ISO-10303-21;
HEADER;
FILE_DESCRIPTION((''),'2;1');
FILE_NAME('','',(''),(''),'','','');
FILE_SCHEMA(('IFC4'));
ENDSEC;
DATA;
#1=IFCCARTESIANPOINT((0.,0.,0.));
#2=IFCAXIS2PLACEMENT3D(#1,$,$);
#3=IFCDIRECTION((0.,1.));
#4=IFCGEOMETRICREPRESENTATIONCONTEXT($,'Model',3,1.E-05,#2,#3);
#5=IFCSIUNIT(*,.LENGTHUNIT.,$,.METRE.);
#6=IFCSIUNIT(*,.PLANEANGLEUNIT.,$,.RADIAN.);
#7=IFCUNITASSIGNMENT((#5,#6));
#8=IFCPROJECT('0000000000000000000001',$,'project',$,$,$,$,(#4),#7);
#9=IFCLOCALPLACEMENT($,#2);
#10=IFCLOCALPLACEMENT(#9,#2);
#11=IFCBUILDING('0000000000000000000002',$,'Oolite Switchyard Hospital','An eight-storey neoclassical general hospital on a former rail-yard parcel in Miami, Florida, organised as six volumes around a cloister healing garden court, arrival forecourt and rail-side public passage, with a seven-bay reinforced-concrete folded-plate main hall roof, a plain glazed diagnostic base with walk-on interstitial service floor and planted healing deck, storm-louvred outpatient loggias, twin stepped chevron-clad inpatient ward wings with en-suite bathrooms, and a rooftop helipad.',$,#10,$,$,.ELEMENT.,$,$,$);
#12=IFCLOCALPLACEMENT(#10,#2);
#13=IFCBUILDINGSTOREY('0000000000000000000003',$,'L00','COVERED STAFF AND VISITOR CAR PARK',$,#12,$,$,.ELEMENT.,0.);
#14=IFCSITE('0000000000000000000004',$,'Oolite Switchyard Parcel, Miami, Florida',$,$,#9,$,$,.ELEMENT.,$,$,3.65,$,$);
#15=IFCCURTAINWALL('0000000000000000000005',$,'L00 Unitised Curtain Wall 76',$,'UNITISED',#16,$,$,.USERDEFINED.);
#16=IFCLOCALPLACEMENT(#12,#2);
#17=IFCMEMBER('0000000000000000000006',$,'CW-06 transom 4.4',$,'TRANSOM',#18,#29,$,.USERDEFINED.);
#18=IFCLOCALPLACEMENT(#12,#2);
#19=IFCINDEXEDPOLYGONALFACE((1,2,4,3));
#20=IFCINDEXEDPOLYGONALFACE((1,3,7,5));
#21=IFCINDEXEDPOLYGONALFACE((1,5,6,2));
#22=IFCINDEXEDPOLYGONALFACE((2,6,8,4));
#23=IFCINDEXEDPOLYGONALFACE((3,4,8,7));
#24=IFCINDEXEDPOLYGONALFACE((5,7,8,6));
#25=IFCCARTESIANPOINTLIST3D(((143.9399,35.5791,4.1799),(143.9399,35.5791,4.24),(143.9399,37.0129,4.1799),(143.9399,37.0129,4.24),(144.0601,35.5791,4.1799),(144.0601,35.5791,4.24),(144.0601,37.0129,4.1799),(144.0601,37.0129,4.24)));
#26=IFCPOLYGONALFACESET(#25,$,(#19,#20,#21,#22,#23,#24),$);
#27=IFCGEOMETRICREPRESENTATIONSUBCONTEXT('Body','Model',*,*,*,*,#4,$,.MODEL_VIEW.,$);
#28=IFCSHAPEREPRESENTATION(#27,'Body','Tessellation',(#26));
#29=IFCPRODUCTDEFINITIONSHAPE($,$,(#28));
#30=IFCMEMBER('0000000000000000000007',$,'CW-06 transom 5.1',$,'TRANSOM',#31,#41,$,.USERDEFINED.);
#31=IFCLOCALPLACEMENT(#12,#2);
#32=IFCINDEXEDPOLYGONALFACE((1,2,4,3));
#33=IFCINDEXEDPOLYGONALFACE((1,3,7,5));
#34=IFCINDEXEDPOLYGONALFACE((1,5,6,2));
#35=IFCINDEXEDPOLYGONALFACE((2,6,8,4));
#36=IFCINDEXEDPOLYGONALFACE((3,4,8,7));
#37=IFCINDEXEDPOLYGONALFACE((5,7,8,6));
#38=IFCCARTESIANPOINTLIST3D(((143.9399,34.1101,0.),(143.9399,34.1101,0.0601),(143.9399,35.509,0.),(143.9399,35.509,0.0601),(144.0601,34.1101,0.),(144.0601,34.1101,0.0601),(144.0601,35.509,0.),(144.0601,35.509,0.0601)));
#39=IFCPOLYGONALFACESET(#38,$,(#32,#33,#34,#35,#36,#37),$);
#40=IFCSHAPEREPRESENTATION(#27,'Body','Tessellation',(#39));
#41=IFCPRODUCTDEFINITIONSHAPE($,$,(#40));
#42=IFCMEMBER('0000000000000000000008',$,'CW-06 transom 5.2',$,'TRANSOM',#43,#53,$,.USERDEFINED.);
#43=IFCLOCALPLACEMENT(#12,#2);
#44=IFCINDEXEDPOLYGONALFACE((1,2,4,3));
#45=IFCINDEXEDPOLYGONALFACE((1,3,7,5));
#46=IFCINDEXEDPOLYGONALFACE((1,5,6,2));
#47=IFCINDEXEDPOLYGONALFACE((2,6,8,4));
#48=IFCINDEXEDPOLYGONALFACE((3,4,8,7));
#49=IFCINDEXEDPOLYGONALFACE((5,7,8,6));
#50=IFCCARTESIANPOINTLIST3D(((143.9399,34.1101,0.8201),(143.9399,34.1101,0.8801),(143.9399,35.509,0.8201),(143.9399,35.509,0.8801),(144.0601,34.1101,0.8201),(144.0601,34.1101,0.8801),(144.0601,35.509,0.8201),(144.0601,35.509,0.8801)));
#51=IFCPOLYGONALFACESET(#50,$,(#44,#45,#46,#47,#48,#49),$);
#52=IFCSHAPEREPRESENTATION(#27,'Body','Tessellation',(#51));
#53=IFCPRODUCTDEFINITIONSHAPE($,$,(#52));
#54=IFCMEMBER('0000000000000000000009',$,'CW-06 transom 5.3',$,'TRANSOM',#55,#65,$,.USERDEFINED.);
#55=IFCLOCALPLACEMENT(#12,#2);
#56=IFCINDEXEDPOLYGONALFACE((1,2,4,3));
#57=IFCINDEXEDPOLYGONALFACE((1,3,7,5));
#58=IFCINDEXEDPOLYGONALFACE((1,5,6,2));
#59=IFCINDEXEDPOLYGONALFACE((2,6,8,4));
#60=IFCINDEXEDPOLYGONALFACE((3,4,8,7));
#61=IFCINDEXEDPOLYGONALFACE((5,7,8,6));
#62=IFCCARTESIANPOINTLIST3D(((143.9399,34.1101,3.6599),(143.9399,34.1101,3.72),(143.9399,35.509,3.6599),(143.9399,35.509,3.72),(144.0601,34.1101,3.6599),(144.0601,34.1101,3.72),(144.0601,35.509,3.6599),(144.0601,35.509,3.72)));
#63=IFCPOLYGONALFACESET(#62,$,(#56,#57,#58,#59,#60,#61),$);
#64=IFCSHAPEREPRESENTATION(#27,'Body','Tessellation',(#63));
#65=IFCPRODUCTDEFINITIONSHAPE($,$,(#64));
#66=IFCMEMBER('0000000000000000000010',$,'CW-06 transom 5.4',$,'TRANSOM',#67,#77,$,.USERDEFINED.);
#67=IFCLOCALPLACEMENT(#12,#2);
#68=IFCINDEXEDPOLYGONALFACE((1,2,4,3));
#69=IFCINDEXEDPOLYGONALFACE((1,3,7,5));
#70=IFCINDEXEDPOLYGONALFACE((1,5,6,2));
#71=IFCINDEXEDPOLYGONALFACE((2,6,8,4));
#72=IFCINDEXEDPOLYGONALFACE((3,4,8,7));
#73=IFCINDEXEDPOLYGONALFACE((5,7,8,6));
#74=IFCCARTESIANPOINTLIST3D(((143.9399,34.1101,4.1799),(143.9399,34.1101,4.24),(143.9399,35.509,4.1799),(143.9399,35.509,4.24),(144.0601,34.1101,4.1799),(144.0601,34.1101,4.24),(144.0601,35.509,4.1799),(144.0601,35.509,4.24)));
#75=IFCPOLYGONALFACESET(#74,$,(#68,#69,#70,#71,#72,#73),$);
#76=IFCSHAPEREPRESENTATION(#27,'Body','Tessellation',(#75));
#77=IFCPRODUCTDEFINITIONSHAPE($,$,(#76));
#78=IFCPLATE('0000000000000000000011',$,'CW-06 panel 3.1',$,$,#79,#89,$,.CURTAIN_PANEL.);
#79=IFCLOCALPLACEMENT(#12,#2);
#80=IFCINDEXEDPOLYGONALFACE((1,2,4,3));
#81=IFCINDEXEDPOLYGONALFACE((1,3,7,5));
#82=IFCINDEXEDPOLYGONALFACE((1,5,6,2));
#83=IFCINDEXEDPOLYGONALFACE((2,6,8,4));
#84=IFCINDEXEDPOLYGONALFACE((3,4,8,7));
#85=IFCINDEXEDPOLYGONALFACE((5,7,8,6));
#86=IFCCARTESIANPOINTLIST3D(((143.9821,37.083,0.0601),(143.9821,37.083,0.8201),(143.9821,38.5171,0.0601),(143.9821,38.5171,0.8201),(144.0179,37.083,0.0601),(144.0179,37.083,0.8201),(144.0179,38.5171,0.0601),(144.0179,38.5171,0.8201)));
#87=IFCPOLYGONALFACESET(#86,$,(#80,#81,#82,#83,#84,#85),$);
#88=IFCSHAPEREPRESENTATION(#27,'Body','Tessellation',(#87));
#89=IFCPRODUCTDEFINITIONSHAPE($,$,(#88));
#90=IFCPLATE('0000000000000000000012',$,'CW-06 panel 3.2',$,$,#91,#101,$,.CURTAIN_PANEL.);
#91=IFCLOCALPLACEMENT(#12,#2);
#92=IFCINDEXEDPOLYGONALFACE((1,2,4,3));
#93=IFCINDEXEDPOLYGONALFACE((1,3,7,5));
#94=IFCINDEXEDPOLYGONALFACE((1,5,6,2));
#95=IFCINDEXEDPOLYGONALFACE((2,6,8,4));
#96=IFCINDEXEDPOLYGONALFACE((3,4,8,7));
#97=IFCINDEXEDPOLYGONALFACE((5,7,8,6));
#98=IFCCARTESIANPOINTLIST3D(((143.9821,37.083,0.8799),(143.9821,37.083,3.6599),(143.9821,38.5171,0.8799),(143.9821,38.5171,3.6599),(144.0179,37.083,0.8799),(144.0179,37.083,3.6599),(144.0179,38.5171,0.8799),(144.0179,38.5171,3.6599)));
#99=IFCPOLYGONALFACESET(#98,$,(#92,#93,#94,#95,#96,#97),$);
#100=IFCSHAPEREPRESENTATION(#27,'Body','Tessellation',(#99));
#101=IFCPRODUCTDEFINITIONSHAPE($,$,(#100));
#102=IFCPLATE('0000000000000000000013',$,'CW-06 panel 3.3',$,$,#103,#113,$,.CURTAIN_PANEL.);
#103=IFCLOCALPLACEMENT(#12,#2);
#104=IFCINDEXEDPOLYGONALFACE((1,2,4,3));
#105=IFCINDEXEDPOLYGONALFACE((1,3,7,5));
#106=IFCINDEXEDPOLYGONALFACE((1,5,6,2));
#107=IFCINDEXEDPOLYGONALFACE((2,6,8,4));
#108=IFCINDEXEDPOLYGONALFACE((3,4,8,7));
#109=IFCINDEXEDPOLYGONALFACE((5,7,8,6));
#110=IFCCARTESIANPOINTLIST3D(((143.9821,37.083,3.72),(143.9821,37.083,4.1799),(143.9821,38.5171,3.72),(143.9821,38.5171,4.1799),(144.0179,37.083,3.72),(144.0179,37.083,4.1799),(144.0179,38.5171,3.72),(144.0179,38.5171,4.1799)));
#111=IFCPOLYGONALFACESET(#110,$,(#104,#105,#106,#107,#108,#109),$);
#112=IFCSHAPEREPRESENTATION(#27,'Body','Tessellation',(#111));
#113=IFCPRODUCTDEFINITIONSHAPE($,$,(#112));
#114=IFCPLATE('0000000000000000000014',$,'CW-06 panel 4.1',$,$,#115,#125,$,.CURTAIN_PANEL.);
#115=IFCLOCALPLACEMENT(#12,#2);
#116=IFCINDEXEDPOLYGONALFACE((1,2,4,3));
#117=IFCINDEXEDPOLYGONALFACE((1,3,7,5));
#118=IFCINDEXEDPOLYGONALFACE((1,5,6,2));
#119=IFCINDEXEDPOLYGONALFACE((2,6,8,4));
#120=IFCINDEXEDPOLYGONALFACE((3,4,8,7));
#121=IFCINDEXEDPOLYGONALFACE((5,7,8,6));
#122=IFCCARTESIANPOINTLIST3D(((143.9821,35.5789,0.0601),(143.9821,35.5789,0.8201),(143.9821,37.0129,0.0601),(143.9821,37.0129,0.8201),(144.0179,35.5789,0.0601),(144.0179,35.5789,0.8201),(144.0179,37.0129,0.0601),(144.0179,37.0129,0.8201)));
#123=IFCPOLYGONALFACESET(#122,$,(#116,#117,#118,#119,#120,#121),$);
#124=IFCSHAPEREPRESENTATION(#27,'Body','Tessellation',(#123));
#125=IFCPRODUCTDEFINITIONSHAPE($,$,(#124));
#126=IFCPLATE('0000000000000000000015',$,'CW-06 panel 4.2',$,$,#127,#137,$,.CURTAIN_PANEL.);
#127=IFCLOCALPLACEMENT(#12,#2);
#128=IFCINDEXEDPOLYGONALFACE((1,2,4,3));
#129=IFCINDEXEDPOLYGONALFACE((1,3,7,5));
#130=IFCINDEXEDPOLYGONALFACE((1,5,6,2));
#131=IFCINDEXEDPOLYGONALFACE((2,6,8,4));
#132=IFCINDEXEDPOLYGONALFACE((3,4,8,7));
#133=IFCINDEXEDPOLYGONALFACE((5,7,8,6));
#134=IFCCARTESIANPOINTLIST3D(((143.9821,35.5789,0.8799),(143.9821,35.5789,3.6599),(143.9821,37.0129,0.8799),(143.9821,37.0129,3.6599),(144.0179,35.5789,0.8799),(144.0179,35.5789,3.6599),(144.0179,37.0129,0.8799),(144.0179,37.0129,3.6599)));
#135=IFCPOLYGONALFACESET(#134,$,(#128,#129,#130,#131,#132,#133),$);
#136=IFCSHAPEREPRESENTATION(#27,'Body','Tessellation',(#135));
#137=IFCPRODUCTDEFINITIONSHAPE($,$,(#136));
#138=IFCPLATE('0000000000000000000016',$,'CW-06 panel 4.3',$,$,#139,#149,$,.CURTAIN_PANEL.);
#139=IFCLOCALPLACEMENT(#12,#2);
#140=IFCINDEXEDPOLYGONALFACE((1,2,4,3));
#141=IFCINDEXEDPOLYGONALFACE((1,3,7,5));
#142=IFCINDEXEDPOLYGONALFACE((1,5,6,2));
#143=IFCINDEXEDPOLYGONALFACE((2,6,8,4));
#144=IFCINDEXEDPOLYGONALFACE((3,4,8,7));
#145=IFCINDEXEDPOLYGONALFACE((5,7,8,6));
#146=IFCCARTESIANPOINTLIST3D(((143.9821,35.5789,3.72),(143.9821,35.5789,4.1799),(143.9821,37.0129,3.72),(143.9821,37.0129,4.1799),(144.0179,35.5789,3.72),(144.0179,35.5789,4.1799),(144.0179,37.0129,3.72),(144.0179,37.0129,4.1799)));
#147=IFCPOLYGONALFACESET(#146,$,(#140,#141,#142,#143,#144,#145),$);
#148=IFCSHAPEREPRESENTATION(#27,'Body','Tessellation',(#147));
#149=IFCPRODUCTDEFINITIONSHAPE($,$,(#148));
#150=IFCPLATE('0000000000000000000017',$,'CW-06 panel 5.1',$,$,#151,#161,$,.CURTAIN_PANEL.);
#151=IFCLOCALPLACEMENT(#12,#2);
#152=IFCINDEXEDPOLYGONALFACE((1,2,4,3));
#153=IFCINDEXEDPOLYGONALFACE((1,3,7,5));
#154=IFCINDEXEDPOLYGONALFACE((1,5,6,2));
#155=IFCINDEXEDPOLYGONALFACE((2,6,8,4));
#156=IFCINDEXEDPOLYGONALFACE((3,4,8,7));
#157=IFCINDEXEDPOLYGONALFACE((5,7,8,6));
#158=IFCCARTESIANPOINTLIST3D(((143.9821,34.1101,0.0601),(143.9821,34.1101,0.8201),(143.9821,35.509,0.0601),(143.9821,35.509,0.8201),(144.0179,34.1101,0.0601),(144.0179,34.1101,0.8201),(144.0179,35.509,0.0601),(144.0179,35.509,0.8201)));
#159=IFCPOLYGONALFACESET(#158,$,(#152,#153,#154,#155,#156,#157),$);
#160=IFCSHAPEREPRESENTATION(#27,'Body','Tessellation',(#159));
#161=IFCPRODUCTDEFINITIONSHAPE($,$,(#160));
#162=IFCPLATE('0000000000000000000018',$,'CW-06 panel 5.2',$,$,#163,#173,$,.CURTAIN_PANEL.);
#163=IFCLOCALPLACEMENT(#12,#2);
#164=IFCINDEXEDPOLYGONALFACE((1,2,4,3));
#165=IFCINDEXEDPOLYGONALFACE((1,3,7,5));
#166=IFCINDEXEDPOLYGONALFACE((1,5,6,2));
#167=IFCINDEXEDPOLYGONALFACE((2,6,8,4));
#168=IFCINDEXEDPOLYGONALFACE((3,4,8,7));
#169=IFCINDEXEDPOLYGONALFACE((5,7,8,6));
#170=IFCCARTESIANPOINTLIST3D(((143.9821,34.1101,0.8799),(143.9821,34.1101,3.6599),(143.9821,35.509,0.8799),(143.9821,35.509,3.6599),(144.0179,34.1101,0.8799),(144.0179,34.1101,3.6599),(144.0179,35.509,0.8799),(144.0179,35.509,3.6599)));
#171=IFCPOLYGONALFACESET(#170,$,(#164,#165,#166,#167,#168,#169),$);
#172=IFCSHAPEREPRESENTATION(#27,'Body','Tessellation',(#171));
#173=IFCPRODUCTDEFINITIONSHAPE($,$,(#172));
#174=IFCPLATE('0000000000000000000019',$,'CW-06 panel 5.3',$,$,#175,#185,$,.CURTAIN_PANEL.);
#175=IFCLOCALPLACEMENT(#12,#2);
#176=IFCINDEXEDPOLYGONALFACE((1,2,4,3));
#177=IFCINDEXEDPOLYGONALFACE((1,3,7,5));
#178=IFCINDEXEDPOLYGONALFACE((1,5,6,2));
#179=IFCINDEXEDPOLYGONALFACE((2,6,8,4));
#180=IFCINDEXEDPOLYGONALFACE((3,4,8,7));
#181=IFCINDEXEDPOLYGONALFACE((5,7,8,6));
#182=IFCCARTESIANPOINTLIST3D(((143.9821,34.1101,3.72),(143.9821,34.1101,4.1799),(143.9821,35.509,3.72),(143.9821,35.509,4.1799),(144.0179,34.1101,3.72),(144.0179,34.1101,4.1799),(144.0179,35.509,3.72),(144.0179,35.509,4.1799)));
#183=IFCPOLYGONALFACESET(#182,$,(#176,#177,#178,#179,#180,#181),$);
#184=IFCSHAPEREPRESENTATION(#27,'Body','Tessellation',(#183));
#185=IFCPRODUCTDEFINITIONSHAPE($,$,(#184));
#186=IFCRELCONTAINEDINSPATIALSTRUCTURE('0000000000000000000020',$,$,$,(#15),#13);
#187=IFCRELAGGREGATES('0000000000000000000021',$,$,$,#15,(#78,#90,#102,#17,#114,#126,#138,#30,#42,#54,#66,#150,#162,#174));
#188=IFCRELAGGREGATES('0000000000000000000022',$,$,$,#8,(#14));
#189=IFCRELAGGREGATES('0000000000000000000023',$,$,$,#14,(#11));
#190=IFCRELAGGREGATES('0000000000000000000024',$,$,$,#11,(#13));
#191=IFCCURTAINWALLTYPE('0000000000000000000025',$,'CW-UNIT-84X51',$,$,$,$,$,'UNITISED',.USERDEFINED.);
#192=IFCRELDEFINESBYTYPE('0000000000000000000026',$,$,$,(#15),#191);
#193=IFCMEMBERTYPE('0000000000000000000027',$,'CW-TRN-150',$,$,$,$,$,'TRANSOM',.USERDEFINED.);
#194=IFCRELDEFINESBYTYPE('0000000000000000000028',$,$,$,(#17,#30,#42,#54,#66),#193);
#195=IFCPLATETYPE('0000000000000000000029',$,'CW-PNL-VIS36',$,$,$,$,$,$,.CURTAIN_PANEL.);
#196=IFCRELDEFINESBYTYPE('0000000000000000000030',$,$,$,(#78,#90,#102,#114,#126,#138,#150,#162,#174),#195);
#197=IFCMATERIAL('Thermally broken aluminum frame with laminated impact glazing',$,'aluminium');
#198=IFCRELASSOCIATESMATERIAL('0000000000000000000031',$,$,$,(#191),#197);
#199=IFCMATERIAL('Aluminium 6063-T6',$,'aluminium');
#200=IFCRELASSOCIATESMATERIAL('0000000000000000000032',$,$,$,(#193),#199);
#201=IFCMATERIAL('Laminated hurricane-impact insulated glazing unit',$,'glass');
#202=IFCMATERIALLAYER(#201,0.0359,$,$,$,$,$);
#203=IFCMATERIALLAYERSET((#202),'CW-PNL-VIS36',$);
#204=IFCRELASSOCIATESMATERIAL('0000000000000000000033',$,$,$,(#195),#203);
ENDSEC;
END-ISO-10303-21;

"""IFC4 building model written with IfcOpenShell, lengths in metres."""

from ifc_helpers import new_model, si_unit, direction, frame, origin, origin_2d, place, context, subcontext, project, spatial, rectangle, extrude, material, layer, layer_set, material_profile, profile_set, type_object, element, aggregate, save


model = new_model("IFC4")

# Units and contexts
model_context = context("Model", 3, precision=1e-05, world=origin(), true_north=direction((0.0, 1.0)))
body_context = subcontext(model_context, "Body", "Model", "MODEL_VIEW")
ifc_project = project(units=[si_unit("LENGTHUNIT", "METRE"), si_unit("PLANEANGLEUNIT", "RADIAN")], contexts=[model_context])

# Site, building, storey
site_placement = place(None, origin())
site = spatial("IfcSite", under=ifc_project, at=site_placement, Name="Oolite Switchyard Parcel, Miami, Florida", CompositionType="ELEMENT", RefElevation=3.65)
building_placement = place(site_placement, origin())
building = spatial("IfcBuilding", under=site, at=building_placement, Name="Oolite Switchyard Hospital", Description="An eight-storey neoclassical general hospital on a former rail-yard parcel in Miami, Florida, organised as six volumes around a cloister healing garden court, arrival forecourt and rail-side public passage, with a seven-bay reinforced-concrete folded-plate main hall roof, a plain glazed diagnostic base with walk-on interstitial service floor and planted healing deck, storm-louvred outpatient loggias, twin stepped chevron-clad inpatient ward wings with en-suite bathrooms, and a rooftop helipad.", CompositionType="ELEMENT")
storey_placement = place(building_placement, origin())
storey = spatial("IfcBuildingStorey", under=building, at=storey_placement, Name="L00", Description="COVERED STAFF AND VISITOR CAR PARK", CompositionType="ELEMENT", Elevation=0.0)

# Curtain wall, members, plates
ifc_material_1 = material(Name="Thermally broken aluminum frame with laminated impact glazing", Category="aluminium")
curtain_wall_type = type_object("IfcCurtainWallType", Name="CW-UNIT-84X51", ElementType="UNITISED", PredefinedType="USERDEFINED", material=ifc_material_1)
curtain_wall_placement = place(storey_placement, origin())
curtain_wall = element("IfcCurtainWall", 1, at=curtain_wall_placement, inside=storey, type_object=curtain_wall_type, Name="L00 Unitised Curtain Wall 76", ObjectType="UNITISED", PredefinedType="USERDEFINED")
ifc_material_2 = material(Name="Aluminium 6063-T6", Category="aluminium")
ifc_material_profile_1 = material_profile(ifc_material_2, rectangle(XDim=0.1201, YDim=0.0601, at=origin_2d()), Name="CWT60X120")
ifc_profile_set_1 = profile_set([ifc_material_profile_1], Name="Aluminium 6063-T6")
member_type_1 = type_object("IfcMemberType", Name="CW-TRN-150", ElementType="TRANSOM", PredefinedType="USERDEFINED", material=ifc_profile_set_1)
member_1_placement = place(storey_placement, frame((144.0, 37.0129, 4.21), z_axis=(0.0, -1.0, 0.0), x_axis=(1.0, 0.0, 0.0)))
member_1 = element("IfcMember", 2, at=member_1_placement, type_object=member_type_1, Name="CW-06 transom 4.4", ObjectType="TRANSOM", PredefinedType="USERDEFINED", context=body_context, shape_type="SweptSolid", body=[
    extrude(rectangle(XDim=0.1201, YDim=0.0601, at=origin_2d()), origin(), (0.0, 0.0, 1.0), 1.4338),
])
member_2_placement = place(storey_placement, frame((144.0, 35.509, 0.03), z_axis=(0.0, -1.0, 0.0), x_axis=(1.0, 0.0, 0.0)))
member_2 = element("IfcMember", 3, at=member_2_placement, type_object=member_type_1, Name="CW-06 transom 5.1", ObjectType="TRANSOM", PredefinedType="USERDEFINED", context=body_context, shape_type="SweptSolid", body=[
    extrude(rectangle(XDim=0.1201, YDim=0.0601, at=origin_2d()), origin(), (0.0, 0.0, 1.0), 1.3989),
])
member_3_placement = place(storey_placement, frame((144.0, 35.509, 0.8501), z_axis=(0.0, -1.0, 0.0), x_axis=(1.0, 0.0, 0.0)))
member_3 = element("IfcMember", 4, at=member_3_placement, type_object=member_type_1, Name="CW-06 transom 5.2", ObjectType="TRANSOM", PredefinedType="USERDEFINED", context=body_context, shape_type="SweptSolid", body=[
    extrude(rectangle(XDim=0.1201, YDim=0.0601, at=origin_2d()), origin(), (0.0, 0.0, 1.0), 1.3989),
])
member_4_placement = place(storey_placement, frame((144.0, 35.509, 3.6899), z_axis=(0.0, -1.0, 0.0), x_axis=(1.0, 0.0, 0.0)))
member_4 = element("IfcMember", 5, at=member_4_placement, type_object=member_type_1, Name="CW-06 transom 5.3", ObjectType="TRANSOM", PredefinedType="USERDEFINED", context=body_context, shape_type="SweptSolid", body=[
    extrude(rectangle(XDim=0.1201, YDim=0.0601, at=origin_2d()), origin(), (0.0, 0.0, 1.0), 1.3989),
])
member_5_placement = place(storey_placement, frame((144.0, 35.509, 4.21), z_axis=(0.0, -1.0, 0.0), x_axis=(1.0, 0.0, 0.0)))
member_5 = element("IfcMember", 6, at=member_5_placement, type_object=member_type_1, Name="CW-06 transom 5.4", ObjectType="TRANSOM", PredefinedType="USERDEFINED", context=body_context, shape_type="SweptSolid", body=[
    extrude(rectangle(XDim=0.1201, YDim=0.0601, at=origin_2d()), origin(), (0.0, 0.0, 1.0), 1.3989),
])
ifc_material_3 = material(Name="Laminated hurricane-impact insulated glazing unit", Category="glass")
ifc_layer = layer(ifc_material_3, 0.0359)
ifc_layer_set = layer_set([ifc_layer], Name="CW-PNL-VIS36")
plate_type = type_object("IfcPlateType", Name="CW-PNL-VIS36", PredefinedType="CURTAIN_PANEL", material=ifc_layer_set)
plate_1_placement = place(storey_placement, frame((144.0, 37.8, 0.0601), z_axis=(0.0, 0.0, 1.0), x_axis=(0.0, -1.0, 0.0)))
plate_1 = element("IfcPlate", 7, at=plate_1_placement, type_object=plate_type, Name="CW-06 panel 3.1", PredefinedType="CURTAIN_PANEL", context=body_context, shape_type="SweptSolid", body=[
    extrude(rectangle(XDim=1.4341, YDim=0.0359, at=origin_2d()), origin(), (0.0, 0.0, 1.0), 0.76),
])
plate_2_placement = place(storey_placement, frame((144.0, 37.8, 0.8799), z_axis=(0.0, 0.0, 1.0), x_axis=(0.0, -1.0, 0.0)))
plate_2 = element("IfcPlate", 8, at=plate_2_placement, type_object=plate_type, Name="CW-06 panel 3.2", PredefinedType="CURTAIN_PANEL", context=body_context, shape_type="SweptSolid", body=[
    extrude(rectangle(XDim=1.4341, YDim=0.0359, at=origin_2d()), origin(), (0.0, 0.0, 1.0), 2.78),
])
plate_3_placement = place(storey_placement, frame((144.0, 37.8, 3.72), z_axis=(0.0, 0.0, 1.0), x_axis=(0.0, -1.0, 0.0)))
plate_3 = element("IfcPlate", 9, at=plate_3_placement, type_object=plate_type, Name="CW-06 panel 3.3", PredefinedType="CURTAIN_PANEL", context=body_context, shape_type="SweptSolid", body=[
    extrude(rectangle(XDim=1.4341, YDim=0.0359, at=origin_2d()), origin(), (0.0, 0.0, 1.0), 0.46),
])
plate_4_placement = place(storey_placement, frame((144.0, 36.2959, 0.0601), z_axis=(0.0, 0.0, 1.0), x_axis=(0.0, -1.0, 0.0)))
plate_4 = element("IfcPlate", 10, at=plate_4_placement, type_object=plate_type, Name="CW-06 panel 4.1", PredefinedType="CURTAIN_PANEL", context=body_context, shape_type="SweptSolid", body=[
    extrude(rectangle(XDim=1.4341, YDim=0.0359, at=origin_2d()), origin(), (0.0, 0.0, 1.0), 0.76),
])
plate_5_placement = place(storey_placement, frame((144.0, 36.2959, 0.8799), z_axis=(0.0, 0.0, 1.0), x_axis=(0.0, -1.0, 0.0)))
plate_5 = element("IfcPlate", 11, at=plate_5_placement, type_object=plate_type, Name="CW-06 panel 4.2", PredefinedType="CURTAIN_PANEL", context=body_context, shape_type="SweptSolid", body=[
    extrude(rectangle(XDim=1.4341, YDim=0.0359, at=origin_2d()), origin(), (0.0, 0.0, 1.0), 2.78),
])
plate_6_placement = place(storey_placement, frame((144.0, 36.2959, 3.72), z_axis=(0.0, 0.0, 1.0), x_axis=(0.0, -1.0, 0.0)))
plate_6 = element("IfcPlate", 12, at=plate_6_placement, type_object=plate_type, Name="CW-06 panel 4.3", PredefinedType="CURTAIN_PANEL", context=body_context, shape_type="SweptSolid", body=[
    extrude(rectangle(XDim=1.4341, YDim=0.0359, at=origin_2d()), origin(), (0.0, 0.0, 1.0), 0.46),
])
plate_7_placement = place(storey_placement, frame((144.0, 34.8096, 0.0601), z_axis=(0.0, 0.0, 1.0), x_axis=(0.0, -1.0, 0.0)))
plate_7 = element("IfcPlate", 13, at=plate_7_placement, type_object=plate_type, Name="CW-06 panel 5.1", PredefinedType="CURTAIN_PANEL", context=body_context, shape_type="SweptSolid", body=[
    extrude(rectangle(XDim=1.3989, YDim=0.0359, at=origin_2d()), origin(), (0.0, 0.0, 1.0), 0.76),
])
plate_8_placement = place(storey_placement, frame((144.0, 34.8096, 0.8799), z_axis=(0.0, 0.0, 1.0), x_axis=(0.0, -1.0, 0.0)))
plate_8 = element("IfcPlate", 14, at=plate_8_placement, type_object=plate_type, Name="CW-06 panel 5.2", PredefinedType="CURTAIN_PANEL", context=body_context, shape_type="SweptSolid", body=[
    extrude(rectangle(XDim=1.3989, YDim=0.0359, at=origin_2d()), origin(), (0.0, 0.0, 1.0), 2.78),
])
plate_9_placement = place(storey_placement, frame((144.0, 34.8096, 3.72), z_axis=(0.0, 0.0, 1.0), x_axis=(0.0, -1.0, 0.0)))
plate_9 = element("IfcPlate", 15, at=plate_9_placement, type_object=plate_type, Name="CW-06 panel 5.3", PredefinedType="CURTAIN_PANEL", context=body_context, shape_type="SweptSolid", body=[
    extrude(rectangle(XDim=1.3989, YDim=0.0359, at=origin_2d()), origin(), (0.0, 0.0, 1.0), 0.46),
])
aggregate(curtain_wall, [plate_1, plate_2, plate_3, member_1, plate_4, plate_5, plate_6, member_2, member_3, member_4, member_5, plate_7, plate_8, plate_9])

save(model, "model.ifc")
